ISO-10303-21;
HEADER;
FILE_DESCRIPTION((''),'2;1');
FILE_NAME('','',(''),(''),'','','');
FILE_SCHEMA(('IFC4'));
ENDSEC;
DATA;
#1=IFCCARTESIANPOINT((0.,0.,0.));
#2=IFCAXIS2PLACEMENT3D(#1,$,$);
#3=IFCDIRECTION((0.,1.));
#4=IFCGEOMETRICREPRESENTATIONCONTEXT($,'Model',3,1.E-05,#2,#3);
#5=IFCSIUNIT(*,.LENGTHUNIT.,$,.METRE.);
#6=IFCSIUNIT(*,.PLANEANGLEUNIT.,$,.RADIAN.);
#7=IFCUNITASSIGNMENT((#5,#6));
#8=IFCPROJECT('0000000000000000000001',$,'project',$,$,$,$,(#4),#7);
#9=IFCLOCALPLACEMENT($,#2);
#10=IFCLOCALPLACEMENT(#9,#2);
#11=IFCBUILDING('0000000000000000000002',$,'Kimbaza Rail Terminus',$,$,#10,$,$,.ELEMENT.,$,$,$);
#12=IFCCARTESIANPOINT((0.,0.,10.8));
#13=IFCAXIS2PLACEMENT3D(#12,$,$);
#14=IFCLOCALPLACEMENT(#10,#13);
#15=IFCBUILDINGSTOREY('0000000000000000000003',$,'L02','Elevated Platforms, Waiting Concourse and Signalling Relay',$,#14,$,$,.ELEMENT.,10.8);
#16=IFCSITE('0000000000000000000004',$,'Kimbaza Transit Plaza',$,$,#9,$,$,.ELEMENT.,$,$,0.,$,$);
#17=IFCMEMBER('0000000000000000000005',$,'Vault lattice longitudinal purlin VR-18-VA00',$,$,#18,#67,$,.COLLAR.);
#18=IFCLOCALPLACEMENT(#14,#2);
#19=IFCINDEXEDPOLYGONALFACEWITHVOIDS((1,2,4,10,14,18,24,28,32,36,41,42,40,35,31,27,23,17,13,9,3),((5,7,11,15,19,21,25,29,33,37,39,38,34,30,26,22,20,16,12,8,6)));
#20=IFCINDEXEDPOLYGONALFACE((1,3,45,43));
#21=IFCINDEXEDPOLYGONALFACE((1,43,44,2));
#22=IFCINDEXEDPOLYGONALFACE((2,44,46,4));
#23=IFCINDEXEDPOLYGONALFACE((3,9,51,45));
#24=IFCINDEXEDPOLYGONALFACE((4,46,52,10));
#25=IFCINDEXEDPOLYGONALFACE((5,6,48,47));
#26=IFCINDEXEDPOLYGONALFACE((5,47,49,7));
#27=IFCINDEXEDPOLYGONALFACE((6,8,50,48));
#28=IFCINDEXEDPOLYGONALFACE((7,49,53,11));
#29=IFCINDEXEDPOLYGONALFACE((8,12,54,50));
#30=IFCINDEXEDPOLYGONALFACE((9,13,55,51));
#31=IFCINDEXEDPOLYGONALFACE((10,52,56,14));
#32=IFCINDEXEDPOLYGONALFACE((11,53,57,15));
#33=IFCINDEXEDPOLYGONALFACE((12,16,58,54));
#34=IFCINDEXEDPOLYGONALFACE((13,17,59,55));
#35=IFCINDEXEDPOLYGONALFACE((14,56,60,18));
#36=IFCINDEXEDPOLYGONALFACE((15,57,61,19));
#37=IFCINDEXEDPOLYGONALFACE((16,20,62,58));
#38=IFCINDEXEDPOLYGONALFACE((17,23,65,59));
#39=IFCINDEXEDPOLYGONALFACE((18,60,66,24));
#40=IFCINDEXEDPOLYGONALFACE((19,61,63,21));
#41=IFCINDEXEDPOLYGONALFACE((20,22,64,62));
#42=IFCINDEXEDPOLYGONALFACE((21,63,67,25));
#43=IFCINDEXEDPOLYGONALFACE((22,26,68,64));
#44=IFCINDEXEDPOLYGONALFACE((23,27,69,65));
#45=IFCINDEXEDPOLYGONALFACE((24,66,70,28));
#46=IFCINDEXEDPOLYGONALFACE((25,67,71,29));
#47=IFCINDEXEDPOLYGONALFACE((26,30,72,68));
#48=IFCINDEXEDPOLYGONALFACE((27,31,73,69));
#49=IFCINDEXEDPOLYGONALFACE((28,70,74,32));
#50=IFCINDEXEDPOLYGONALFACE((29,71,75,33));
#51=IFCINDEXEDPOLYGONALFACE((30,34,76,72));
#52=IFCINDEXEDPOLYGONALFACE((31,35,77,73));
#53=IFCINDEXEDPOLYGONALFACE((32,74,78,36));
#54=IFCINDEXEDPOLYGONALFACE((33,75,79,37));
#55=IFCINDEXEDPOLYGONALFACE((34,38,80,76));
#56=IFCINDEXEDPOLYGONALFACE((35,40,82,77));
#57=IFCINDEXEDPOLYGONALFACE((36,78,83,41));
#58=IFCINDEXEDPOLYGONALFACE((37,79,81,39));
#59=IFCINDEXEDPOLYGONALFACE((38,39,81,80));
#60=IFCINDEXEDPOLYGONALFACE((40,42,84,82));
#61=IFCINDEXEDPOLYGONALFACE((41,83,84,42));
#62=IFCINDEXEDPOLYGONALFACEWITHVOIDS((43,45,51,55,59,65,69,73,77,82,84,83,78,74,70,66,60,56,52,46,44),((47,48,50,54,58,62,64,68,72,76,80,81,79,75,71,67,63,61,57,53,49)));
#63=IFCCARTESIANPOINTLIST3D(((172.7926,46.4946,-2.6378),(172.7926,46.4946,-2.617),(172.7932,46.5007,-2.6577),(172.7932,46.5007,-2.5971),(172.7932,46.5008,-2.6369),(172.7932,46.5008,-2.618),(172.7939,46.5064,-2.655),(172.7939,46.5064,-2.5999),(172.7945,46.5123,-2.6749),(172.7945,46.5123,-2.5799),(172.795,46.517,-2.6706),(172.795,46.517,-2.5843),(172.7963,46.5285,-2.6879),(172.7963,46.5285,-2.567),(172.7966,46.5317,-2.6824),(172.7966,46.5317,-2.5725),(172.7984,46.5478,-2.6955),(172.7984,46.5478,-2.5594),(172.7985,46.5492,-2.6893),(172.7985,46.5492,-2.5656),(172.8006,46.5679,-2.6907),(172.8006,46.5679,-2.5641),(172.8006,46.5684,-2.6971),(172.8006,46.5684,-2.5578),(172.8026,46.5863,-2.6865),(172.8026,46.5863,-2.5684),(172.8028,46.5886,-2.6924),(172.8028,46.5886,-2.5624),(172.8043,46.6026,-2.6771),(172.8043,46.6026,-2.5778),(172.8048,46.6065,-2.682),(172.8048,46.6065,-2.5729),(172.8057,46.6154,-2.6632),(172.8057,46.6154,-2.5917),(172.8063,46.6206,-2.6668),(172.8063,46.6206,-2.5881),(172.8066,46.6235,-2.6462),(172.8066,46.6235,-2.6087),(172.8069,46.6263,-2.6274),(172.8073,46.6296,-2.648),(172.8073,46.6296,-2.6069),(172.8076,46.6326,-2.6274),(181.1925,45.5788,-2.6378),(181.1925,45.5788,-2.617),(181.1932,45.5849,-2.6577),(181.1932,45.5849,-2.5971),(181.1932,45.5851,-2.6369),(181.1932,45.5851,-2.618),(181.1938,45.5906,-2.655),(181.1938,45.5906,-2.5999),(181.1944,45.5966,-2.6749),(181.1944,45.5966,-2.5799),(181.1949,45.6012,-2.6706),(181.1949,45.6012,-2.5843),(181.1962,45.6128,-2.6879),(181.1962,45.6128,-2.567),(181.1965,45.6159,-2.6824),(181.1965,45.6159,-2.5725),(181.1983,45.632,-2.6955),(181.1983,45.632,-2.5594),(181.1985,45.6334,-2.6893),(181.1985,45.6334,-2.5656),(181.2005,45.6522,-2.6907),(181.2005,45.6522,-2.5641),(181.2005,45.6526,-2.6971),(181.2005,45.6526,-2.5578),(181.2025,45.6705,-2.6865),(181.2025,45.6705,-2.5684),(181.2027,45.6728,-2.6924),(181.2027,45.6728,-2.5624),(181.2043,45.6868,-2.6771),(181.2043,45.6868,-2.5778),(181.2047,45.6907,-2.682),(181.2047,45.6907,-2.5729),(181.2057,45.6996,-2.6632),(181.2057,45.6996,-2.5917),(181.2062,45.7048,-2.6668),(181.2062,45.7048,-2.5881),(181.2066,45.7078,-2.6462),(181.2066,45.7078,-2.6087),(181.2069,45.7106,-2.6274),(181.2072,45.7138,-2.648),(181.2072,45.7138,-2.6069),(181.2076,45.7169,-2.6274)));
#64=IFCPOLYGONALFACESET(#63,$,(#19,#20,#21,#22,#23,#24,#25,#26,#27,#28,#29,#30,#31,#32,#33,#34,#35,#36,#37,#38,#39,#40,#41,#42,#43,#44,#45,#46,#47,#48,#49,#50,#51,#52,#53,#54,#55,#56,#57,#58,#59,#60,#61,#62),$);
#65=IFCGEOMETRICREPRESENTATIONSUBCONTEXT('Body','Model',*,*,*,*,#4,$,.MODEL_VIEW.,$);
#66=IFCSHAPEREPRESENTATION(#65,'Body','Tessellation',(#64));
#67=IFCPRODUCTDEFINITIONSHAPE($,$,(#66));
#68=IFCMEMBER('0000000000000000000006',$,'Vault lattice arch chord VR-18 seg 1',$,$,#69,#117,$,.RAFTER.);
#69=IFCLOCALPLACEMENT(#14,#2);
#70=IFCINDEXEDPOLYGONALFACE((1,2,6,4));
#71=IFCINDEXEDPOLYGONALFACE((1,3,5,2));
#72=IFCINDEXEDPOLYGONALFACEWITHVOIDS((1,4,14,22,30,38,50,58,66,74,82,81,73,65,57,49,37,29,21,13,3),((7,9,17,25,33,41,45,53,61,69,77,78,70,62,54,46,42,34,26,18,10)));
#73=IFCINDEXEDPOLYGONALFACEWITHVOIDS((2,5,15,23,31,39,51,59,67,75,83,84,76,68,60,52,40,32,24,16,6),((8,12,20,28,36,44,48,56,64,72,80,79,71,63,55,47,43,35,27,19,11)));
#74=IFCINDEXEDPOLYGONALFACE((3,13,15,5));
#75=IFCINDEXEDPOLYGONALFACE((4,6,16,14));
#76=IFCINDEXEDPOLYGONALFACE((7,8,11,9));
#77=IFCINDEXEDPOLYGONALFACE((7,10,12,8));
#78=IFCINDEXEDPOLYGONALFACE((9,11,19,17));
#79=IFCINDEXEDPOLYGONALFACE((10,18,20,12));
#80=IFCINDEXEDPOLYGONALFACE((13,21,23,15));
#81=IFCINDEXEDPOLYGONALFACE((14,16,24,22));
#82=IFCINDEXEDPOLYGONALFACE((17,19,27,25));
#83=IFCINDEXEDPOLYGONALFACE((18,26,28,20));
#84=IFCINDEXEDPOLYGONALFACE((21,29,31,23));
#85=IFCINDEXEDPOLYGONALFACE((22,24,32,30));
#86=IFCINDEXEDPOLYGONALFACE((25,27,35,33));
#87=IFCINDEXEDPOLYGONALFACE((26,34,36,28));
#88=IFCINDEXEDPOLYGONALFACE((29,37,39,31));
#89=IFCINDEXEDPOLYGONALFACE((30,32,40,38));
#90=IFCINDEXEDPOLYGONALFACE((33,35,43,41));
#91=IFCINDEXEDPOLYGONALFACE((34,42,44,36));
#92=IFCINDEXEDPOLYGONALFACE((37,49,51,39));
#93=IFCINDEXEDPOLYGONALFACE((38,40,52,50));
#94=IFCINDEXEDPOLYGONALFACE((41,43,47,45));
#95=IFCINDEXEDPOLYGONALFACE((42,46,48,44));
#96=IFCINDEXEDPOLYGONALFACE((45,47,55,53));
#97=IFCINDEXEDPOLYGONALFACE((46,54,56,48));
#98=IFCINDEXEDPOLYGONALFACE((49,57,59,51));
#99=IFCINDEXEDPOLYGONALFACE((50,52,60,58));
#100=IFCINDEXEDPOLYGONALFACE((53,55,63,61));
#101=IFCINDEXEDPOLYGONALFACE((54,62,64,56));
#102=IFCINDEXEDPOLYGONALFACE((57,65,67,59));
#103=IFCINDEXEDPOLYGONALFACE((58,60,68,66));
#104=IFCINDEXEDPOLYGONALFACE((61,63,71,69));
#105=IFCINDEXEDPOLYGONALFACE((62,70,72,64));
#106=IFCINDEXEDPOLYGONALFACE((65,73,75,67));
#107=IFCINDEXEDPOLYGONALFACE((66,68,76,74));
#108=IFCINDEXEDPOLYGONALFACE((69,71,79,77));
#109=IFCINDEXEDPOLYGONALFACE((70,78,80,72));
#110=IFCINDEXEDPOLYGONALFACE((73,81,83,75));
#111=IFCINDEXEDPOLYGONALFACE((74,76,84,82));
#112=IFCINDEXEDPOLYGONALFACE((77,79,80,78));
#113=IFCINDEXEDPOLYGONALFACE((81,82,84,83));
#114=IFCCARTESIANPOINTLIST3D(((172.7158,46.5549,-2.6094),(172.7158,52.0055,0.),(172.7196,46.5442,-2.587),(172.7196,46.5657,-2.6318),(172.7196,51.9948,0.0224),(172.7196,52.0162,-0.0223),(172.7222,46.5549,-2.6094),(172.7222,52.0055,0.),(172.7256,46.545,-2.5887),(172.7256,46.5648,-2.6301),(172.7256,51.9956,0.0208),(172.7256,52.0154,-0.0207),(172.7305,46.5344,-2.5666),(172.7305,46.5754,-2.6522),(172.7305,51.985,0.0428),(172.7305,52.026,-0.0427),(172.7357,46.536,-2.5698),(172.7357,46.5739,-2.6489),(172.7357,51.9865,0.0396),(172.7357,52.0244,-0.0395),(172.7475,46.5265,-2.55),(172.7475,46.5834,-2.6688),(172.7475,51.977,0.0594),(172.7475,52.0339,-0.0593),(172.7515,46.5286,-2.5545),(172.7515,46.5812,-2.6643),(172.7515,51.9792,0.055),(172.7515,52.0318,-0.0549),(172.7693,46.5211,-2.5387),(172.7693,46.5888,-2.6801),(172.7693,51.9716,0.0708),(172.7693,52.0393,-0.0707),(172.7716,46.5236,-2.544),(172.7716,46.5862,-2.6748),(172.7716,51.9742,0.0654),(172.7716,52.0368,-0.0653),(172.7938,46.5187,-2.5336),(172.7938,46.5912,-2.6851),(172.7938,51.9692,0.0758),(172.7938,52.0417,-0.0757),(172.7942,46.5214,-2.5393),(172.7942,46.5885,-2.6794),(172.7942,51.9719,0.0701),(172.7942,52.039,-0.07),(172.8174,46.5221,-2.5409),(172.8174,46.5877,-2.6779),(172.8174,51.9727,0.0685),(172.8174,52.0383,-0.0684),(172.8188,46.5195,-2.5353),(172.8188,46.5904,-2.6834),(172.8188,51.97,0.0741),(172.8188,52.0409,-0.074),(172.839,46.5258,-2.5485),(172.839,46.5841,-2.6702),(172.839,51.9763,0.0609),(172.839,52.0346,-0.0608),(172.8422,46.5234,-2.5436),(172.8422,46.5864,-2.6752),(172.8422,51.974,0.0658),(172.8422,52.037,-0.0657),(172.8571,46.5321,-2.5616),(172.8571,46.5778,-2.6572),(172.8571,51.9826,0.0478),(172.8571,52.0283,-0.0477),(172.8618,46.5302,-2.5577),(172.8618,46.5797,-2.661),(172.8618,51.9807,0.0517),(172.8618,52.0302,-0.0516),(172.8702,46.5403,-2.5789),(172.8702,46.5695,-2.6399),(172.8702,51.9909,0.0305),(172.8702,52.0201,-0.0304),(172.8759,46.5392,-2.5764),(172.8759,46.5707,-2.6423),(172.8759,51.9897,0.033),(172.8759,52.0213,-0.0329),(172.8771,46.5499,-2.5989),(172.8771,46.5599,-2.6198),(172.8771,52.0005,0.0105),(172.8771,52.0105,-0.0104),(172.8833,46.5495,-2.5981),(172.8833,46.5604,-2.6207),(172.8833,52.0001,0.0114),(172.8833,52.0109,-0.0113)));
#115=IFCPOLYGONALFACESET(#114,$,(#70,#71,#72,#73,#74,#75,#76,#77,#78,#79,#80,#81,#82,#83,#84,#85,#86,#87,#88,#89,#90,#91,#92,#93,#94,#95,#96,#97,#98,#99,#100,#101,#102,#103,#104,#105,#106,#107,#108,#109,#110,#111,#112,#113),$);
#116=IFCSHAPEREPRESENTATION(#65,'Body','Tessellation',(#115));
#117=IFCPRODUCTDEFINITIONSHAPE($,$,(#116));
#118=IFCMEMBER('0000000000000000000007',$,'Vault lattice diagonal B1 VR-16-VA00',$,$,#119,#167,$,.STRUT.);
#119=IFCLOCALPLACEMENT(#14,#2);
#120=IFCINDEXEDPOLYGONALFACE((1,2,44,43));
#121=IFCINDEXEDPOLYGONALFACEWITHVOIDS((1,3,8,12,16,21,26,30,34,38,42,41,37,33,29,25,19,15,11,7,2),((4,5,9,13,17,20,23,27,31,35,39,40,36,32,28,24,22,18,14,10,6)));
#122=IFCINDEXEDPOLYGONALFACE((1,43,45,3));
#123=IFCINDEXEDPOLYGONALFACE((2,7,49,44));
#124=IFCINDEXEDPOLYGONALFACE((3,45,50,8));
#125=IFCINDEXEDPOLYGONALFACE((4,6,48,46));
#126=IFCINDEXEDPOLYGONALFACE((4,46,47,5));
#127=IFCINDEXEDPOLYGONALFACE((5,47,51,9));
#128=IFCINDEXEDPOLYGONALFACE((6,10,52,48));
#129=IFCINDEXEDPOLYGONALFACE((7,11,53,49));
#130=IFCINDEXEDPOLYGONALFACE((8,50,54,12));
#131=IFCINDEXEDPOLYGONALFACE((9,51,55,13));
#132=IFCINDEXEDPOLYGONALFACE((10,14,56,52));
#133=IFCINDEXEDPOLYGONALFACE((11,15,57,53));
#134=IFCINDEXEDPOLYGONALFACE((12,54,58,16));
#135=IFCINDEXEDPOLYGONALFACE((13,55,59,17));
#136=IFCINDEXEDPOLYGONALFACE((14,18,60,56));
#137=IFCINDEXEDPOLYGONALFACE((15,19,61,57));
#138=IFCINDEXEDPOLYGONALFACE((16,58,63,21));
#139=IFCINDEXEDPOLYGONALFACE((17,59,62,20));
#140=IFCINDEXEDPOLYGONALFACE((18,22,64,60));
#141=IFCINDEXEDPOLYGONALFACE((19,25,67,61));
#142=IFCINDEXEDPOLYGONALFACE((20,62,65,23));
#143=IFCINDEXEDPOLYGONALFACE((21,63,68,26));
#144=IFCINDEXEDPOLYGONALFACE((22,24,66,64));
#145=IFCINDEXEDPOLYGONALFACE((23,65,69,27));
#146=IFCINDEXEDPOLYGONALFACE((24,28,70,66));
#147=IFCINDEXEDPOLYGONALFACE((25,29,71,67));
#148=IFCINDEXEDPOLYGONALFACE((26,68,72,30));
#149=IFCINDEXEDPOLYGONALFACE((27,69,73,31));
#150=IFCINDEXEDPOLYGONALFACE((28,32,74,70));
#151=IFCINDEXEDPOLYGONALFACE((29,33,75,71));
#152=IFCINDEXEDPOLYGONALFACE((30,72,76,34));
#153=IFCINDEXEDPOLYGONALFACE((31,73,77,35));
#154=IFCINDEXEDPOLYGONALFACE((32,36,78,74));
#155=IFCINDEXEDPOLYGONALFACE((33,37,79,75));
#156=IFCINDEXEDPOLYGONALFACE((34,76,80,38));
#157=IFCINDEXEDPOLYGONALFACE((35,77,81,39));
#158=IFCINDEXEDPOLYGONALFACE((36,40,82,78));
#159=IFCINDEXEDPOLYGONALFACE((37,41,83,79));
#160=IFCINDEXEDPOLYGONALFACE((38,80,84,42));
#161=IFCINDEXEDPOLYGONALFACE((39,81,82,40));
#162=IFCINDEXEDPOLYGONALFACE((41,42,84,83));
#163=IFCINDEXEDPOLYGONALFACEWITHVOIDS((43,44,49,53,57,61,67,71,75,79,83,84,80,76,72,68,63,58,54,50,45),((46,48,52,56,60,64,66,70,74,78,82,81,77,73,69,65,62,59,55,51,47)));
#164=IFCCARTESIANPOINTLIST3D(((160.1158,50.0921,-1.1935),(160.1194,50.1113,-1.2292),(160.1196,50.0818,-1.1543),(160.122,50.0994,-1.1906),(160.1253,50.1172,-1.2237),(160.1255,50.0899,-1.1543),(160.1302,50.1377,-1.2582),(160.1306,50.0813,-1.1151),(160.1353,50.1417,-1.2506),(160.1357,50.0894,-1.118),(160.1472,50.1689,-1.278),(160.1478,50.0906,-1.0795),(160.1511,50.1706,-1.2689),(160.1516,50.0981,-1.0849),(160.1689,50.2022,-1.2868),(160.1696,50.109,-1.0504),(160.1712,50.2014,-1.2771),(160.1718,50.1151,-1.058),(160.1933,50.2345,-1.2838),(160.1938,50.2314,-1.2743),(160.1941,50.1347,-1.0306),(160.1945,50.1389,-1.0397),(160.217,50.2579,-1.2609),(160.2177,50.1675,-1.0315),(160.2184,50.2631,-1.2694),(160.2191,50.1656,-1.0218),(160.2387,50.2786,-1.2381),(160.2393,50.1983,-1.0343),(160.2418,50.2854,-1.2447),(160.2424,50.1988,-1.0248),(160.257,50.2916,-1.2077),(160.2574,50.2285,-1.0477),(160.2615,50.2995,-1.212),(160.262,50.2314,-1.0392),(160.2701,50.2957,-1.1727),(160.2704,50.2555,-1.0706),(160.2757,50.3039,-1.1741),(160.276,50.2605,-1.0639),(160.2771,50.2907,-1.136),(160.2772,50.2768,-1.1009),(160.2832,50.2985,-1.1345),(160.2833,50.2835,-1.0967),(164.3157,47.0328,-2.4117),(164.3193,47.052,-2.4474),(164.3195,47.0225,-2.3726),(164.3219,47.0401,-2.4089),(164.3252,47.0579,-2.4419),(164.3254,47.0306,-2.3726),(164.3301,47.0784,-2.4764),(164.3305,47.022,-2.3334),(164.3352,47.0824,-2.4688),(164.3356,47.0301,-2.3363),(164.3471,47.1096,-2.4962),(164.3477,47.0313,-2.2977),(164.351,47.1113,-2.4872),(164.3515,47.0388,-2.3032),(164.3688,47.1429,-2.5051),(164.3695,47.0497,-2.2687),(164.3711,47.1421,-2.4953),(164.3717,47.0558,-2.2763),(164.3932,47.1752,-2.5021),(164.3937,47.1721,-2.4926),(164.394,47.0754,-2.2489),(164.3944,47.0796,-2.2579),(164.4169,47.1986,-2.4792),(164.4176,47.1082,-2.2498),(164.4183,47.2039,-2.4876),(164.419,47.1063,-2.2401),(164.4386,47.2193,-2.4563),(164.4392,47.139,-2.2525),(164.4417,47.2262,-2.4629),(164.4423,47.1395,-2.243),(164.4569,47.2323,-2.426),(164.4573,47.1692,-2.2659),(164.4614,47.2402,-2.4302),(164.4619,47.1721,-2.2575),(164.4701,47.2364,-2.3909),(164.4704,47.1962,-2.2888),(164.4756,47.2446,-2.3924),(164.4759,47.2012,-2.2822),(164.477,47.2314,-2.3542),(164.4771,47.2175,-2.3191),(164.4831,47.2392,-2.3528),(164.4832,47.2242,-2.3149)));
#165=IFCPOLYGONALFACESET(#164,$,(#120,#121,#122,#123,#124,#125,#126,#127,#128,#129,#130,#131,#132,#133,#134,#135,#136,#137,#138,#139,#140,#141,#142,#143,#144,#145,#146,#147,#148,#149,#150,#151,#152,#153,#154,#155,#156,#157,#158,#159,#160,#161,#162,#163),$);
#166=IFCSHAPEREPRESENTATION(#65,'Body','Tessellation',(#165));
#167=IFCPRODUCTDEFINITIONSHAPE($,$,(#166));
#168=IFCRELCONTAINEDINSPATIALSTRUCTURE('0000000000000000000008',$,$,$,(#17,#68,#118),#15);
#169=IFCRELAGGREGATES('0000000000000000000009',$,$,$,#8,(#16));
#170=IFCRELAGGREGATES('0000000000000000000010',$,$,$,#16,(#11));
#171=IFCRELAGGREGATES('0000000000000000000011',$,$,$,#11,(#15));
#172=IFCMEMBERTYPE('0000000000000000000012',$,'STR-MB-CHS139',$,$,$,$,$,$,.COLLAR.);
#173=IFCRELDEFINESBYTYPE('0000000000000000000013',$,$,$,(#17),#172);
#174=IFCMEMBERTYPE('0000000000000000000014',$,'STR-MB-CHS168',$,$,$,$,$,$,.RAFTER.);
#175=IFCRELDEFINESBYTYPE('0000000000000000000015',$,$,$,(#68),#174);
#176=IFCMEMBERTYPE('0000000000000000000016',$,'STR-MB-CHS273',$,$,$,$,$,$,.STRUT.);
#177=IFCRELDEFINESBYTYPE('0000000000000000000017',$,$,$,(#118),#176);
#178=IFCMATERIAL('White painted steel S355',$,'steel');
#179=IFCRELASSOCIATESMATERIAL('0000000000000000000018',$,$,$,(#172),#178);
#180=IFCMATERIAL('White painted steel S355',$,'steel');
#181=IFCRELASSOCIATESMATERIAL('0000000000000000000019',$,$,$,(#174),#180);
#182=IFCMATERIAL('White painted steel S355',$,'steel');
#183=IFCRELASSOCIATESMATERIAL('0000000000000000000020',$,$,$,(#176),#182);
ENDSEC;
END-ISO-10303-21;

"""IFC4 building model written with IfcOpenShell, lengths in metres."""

from ifc_helpers import new_model, si_unit, direction, frame, origin, origin_2d, place, context, subcontext, project, spatial, hollow_circle, extrude, material, material_profile, profile_set, type_object, element, save


model = new_model("IFC4")

# Units and contexts
model_context = context("Model", 3, precision=1e-05, world=origin(), true_north=direction((0.0, 1.0)))
body_context = subcontext(model_context, "Body", "Model", "MODEL_VIEW")
ifc_project = project(units=[si_unit("LENGTHUNIT", "METRE"), si_unit("PLANEANGLEUNIT", "RADIAN")], contexts=[model_context])

# Site, building, storey
site_placement = place(None, origin())
site = spatial("IfcSite", under=ifc_project, at=site_placement, Name="Kimbaza Transit Plaza", CompositionType="ELEMENT", RefElevation=0.0)
building_placement = place(site_placement, origin())
building = spatial("IfcBuilding", under=site, at=building_placement, Name="Kimbaza Rail Terminus", CompositionType="ELEMENT")
storey_placement = place(building_placement, frame((0.0, 0.0, 10.8)))
storey = spatial("IfcBuildingStorey", under=building, at=storey_placement, Name="L02", Description="Elevated Platforms, Waiting Concourse and Signalling Relay", CompositionType="ELEMENT", Elevation=10.8)

# Members
ifc_material_1 = material(Name="White painted steel S355", Category="steel")
ifc_material_profile_1 = material_profile(ifc_material_1, hollow_circle(Radius=0.0698, WallThickness=0.0063, at=origin_2d()), Name="CHS 139.7x6.3")
ifc_profile_set_1 = profile_set([ifc_material_profile_1], Name="White painted steel S355")
member_type_1 = type_object("IfcMemberType", Name="STR-MB-CHS139", PredefinedType="COLLAR", material=ifc_profile_set_1)
member_1_placement = place(storey_placement, frame((172.8, 46.5632, -2.6274), z_axis=(0.99411, -0.10838, 0.0), x_axis=(0.10838, 0.99411, 0.0)))
element("IfcMember", 1, at=member_1_placement, inside=storey, type_object=member_type_1, Name="Vault lattice longitudinal purlin VR-18-VA00", PredefinedType="COLLAR", context=body_context, shape_type="SweptSolid", body=[
    extrude(hollow_circle(Radius=0.0698, WallThickness=0.0063, at=origin_2d()), origin(), (0.0, 0.0, 1.0), 8.4497),
])
ifc_material_2 = material(Name="White painted steel S355", Category="steel")
ifc_material_profile_2 = material_profile(ifc_material_2, hollow_circle(Radius=0.0842, WallThickness=0.0063, at=origin_2d()), Name="CHS 168.3x6.3")
ifc_profile_set_2 = profile_set([ifc_material_profile_2], Name="White painted steel S355")
member_type_2 = type_object("IfcMemberType", Name="STR-MB-CHS168", PredefinedType="RAFTER", material=ifc_profile_set_2)
member_2_placement = place(storey_placement, frame((172.8, 46.5549, -2.6094), z_axis=(0.0, 0.901964, 0.431811), x_axis=(-1.0, 0.0, 0.0)))
element("IfcMember", 2, at=member_2_placement, inside=storey, type_object=member_type_2, Name="Vault lattice arch chord VR-18 seg 1", PredefinedType="RAFTER", context=body_context, shape_type="SweptSolid", body=[
    extrude(hollow_circle(Radius=0.0842, WallThickness=0.0063, at=origin_2d()), origin(), (0.0, 0.0, 1.0), 6.043),
])
ifc_material_3 = material(Name="White painted steel S355", Category="steel")
ifc_material_profile_3 = material_profile(ifc_material_3, hollow_circle(Radius=0.1365, WallThickness=0.01, at=origin_2d()), Name="CHS 273x10")
ifc_profile_set_3 = profile_set([ifc_material_profile_3], Name="White painted steel S355")
member_type_3 = type_object("IfcMemberType", Name="STR-MB-CHS273", PredefinedType="STRUT", material=ifc_profile_set_3)
member_3_placement = place(storey_placement, frame((164.3999, 47.1328, -2.3726), z_axis=(-0.786955, 0.573233, 0.228269), x_axis=(-0.588778, -0.808295, 0.0)))
element("IfcMember", 3, at=member_3_placement, inside=storey, type_object=member_type_3, Name="Vault lattice diagonal B1 VR-16-VA00", PredefinedType="STRUT", context=body_context, shape_type="SweptSolid", body=[
    extrude(hollow_circle(Radius=0.1365, WallThickness=0.01, at=origin_2d()), origin(), (0.0, 0.0, 1.0), 5.3369),
])

save(model, "model.ifc")
